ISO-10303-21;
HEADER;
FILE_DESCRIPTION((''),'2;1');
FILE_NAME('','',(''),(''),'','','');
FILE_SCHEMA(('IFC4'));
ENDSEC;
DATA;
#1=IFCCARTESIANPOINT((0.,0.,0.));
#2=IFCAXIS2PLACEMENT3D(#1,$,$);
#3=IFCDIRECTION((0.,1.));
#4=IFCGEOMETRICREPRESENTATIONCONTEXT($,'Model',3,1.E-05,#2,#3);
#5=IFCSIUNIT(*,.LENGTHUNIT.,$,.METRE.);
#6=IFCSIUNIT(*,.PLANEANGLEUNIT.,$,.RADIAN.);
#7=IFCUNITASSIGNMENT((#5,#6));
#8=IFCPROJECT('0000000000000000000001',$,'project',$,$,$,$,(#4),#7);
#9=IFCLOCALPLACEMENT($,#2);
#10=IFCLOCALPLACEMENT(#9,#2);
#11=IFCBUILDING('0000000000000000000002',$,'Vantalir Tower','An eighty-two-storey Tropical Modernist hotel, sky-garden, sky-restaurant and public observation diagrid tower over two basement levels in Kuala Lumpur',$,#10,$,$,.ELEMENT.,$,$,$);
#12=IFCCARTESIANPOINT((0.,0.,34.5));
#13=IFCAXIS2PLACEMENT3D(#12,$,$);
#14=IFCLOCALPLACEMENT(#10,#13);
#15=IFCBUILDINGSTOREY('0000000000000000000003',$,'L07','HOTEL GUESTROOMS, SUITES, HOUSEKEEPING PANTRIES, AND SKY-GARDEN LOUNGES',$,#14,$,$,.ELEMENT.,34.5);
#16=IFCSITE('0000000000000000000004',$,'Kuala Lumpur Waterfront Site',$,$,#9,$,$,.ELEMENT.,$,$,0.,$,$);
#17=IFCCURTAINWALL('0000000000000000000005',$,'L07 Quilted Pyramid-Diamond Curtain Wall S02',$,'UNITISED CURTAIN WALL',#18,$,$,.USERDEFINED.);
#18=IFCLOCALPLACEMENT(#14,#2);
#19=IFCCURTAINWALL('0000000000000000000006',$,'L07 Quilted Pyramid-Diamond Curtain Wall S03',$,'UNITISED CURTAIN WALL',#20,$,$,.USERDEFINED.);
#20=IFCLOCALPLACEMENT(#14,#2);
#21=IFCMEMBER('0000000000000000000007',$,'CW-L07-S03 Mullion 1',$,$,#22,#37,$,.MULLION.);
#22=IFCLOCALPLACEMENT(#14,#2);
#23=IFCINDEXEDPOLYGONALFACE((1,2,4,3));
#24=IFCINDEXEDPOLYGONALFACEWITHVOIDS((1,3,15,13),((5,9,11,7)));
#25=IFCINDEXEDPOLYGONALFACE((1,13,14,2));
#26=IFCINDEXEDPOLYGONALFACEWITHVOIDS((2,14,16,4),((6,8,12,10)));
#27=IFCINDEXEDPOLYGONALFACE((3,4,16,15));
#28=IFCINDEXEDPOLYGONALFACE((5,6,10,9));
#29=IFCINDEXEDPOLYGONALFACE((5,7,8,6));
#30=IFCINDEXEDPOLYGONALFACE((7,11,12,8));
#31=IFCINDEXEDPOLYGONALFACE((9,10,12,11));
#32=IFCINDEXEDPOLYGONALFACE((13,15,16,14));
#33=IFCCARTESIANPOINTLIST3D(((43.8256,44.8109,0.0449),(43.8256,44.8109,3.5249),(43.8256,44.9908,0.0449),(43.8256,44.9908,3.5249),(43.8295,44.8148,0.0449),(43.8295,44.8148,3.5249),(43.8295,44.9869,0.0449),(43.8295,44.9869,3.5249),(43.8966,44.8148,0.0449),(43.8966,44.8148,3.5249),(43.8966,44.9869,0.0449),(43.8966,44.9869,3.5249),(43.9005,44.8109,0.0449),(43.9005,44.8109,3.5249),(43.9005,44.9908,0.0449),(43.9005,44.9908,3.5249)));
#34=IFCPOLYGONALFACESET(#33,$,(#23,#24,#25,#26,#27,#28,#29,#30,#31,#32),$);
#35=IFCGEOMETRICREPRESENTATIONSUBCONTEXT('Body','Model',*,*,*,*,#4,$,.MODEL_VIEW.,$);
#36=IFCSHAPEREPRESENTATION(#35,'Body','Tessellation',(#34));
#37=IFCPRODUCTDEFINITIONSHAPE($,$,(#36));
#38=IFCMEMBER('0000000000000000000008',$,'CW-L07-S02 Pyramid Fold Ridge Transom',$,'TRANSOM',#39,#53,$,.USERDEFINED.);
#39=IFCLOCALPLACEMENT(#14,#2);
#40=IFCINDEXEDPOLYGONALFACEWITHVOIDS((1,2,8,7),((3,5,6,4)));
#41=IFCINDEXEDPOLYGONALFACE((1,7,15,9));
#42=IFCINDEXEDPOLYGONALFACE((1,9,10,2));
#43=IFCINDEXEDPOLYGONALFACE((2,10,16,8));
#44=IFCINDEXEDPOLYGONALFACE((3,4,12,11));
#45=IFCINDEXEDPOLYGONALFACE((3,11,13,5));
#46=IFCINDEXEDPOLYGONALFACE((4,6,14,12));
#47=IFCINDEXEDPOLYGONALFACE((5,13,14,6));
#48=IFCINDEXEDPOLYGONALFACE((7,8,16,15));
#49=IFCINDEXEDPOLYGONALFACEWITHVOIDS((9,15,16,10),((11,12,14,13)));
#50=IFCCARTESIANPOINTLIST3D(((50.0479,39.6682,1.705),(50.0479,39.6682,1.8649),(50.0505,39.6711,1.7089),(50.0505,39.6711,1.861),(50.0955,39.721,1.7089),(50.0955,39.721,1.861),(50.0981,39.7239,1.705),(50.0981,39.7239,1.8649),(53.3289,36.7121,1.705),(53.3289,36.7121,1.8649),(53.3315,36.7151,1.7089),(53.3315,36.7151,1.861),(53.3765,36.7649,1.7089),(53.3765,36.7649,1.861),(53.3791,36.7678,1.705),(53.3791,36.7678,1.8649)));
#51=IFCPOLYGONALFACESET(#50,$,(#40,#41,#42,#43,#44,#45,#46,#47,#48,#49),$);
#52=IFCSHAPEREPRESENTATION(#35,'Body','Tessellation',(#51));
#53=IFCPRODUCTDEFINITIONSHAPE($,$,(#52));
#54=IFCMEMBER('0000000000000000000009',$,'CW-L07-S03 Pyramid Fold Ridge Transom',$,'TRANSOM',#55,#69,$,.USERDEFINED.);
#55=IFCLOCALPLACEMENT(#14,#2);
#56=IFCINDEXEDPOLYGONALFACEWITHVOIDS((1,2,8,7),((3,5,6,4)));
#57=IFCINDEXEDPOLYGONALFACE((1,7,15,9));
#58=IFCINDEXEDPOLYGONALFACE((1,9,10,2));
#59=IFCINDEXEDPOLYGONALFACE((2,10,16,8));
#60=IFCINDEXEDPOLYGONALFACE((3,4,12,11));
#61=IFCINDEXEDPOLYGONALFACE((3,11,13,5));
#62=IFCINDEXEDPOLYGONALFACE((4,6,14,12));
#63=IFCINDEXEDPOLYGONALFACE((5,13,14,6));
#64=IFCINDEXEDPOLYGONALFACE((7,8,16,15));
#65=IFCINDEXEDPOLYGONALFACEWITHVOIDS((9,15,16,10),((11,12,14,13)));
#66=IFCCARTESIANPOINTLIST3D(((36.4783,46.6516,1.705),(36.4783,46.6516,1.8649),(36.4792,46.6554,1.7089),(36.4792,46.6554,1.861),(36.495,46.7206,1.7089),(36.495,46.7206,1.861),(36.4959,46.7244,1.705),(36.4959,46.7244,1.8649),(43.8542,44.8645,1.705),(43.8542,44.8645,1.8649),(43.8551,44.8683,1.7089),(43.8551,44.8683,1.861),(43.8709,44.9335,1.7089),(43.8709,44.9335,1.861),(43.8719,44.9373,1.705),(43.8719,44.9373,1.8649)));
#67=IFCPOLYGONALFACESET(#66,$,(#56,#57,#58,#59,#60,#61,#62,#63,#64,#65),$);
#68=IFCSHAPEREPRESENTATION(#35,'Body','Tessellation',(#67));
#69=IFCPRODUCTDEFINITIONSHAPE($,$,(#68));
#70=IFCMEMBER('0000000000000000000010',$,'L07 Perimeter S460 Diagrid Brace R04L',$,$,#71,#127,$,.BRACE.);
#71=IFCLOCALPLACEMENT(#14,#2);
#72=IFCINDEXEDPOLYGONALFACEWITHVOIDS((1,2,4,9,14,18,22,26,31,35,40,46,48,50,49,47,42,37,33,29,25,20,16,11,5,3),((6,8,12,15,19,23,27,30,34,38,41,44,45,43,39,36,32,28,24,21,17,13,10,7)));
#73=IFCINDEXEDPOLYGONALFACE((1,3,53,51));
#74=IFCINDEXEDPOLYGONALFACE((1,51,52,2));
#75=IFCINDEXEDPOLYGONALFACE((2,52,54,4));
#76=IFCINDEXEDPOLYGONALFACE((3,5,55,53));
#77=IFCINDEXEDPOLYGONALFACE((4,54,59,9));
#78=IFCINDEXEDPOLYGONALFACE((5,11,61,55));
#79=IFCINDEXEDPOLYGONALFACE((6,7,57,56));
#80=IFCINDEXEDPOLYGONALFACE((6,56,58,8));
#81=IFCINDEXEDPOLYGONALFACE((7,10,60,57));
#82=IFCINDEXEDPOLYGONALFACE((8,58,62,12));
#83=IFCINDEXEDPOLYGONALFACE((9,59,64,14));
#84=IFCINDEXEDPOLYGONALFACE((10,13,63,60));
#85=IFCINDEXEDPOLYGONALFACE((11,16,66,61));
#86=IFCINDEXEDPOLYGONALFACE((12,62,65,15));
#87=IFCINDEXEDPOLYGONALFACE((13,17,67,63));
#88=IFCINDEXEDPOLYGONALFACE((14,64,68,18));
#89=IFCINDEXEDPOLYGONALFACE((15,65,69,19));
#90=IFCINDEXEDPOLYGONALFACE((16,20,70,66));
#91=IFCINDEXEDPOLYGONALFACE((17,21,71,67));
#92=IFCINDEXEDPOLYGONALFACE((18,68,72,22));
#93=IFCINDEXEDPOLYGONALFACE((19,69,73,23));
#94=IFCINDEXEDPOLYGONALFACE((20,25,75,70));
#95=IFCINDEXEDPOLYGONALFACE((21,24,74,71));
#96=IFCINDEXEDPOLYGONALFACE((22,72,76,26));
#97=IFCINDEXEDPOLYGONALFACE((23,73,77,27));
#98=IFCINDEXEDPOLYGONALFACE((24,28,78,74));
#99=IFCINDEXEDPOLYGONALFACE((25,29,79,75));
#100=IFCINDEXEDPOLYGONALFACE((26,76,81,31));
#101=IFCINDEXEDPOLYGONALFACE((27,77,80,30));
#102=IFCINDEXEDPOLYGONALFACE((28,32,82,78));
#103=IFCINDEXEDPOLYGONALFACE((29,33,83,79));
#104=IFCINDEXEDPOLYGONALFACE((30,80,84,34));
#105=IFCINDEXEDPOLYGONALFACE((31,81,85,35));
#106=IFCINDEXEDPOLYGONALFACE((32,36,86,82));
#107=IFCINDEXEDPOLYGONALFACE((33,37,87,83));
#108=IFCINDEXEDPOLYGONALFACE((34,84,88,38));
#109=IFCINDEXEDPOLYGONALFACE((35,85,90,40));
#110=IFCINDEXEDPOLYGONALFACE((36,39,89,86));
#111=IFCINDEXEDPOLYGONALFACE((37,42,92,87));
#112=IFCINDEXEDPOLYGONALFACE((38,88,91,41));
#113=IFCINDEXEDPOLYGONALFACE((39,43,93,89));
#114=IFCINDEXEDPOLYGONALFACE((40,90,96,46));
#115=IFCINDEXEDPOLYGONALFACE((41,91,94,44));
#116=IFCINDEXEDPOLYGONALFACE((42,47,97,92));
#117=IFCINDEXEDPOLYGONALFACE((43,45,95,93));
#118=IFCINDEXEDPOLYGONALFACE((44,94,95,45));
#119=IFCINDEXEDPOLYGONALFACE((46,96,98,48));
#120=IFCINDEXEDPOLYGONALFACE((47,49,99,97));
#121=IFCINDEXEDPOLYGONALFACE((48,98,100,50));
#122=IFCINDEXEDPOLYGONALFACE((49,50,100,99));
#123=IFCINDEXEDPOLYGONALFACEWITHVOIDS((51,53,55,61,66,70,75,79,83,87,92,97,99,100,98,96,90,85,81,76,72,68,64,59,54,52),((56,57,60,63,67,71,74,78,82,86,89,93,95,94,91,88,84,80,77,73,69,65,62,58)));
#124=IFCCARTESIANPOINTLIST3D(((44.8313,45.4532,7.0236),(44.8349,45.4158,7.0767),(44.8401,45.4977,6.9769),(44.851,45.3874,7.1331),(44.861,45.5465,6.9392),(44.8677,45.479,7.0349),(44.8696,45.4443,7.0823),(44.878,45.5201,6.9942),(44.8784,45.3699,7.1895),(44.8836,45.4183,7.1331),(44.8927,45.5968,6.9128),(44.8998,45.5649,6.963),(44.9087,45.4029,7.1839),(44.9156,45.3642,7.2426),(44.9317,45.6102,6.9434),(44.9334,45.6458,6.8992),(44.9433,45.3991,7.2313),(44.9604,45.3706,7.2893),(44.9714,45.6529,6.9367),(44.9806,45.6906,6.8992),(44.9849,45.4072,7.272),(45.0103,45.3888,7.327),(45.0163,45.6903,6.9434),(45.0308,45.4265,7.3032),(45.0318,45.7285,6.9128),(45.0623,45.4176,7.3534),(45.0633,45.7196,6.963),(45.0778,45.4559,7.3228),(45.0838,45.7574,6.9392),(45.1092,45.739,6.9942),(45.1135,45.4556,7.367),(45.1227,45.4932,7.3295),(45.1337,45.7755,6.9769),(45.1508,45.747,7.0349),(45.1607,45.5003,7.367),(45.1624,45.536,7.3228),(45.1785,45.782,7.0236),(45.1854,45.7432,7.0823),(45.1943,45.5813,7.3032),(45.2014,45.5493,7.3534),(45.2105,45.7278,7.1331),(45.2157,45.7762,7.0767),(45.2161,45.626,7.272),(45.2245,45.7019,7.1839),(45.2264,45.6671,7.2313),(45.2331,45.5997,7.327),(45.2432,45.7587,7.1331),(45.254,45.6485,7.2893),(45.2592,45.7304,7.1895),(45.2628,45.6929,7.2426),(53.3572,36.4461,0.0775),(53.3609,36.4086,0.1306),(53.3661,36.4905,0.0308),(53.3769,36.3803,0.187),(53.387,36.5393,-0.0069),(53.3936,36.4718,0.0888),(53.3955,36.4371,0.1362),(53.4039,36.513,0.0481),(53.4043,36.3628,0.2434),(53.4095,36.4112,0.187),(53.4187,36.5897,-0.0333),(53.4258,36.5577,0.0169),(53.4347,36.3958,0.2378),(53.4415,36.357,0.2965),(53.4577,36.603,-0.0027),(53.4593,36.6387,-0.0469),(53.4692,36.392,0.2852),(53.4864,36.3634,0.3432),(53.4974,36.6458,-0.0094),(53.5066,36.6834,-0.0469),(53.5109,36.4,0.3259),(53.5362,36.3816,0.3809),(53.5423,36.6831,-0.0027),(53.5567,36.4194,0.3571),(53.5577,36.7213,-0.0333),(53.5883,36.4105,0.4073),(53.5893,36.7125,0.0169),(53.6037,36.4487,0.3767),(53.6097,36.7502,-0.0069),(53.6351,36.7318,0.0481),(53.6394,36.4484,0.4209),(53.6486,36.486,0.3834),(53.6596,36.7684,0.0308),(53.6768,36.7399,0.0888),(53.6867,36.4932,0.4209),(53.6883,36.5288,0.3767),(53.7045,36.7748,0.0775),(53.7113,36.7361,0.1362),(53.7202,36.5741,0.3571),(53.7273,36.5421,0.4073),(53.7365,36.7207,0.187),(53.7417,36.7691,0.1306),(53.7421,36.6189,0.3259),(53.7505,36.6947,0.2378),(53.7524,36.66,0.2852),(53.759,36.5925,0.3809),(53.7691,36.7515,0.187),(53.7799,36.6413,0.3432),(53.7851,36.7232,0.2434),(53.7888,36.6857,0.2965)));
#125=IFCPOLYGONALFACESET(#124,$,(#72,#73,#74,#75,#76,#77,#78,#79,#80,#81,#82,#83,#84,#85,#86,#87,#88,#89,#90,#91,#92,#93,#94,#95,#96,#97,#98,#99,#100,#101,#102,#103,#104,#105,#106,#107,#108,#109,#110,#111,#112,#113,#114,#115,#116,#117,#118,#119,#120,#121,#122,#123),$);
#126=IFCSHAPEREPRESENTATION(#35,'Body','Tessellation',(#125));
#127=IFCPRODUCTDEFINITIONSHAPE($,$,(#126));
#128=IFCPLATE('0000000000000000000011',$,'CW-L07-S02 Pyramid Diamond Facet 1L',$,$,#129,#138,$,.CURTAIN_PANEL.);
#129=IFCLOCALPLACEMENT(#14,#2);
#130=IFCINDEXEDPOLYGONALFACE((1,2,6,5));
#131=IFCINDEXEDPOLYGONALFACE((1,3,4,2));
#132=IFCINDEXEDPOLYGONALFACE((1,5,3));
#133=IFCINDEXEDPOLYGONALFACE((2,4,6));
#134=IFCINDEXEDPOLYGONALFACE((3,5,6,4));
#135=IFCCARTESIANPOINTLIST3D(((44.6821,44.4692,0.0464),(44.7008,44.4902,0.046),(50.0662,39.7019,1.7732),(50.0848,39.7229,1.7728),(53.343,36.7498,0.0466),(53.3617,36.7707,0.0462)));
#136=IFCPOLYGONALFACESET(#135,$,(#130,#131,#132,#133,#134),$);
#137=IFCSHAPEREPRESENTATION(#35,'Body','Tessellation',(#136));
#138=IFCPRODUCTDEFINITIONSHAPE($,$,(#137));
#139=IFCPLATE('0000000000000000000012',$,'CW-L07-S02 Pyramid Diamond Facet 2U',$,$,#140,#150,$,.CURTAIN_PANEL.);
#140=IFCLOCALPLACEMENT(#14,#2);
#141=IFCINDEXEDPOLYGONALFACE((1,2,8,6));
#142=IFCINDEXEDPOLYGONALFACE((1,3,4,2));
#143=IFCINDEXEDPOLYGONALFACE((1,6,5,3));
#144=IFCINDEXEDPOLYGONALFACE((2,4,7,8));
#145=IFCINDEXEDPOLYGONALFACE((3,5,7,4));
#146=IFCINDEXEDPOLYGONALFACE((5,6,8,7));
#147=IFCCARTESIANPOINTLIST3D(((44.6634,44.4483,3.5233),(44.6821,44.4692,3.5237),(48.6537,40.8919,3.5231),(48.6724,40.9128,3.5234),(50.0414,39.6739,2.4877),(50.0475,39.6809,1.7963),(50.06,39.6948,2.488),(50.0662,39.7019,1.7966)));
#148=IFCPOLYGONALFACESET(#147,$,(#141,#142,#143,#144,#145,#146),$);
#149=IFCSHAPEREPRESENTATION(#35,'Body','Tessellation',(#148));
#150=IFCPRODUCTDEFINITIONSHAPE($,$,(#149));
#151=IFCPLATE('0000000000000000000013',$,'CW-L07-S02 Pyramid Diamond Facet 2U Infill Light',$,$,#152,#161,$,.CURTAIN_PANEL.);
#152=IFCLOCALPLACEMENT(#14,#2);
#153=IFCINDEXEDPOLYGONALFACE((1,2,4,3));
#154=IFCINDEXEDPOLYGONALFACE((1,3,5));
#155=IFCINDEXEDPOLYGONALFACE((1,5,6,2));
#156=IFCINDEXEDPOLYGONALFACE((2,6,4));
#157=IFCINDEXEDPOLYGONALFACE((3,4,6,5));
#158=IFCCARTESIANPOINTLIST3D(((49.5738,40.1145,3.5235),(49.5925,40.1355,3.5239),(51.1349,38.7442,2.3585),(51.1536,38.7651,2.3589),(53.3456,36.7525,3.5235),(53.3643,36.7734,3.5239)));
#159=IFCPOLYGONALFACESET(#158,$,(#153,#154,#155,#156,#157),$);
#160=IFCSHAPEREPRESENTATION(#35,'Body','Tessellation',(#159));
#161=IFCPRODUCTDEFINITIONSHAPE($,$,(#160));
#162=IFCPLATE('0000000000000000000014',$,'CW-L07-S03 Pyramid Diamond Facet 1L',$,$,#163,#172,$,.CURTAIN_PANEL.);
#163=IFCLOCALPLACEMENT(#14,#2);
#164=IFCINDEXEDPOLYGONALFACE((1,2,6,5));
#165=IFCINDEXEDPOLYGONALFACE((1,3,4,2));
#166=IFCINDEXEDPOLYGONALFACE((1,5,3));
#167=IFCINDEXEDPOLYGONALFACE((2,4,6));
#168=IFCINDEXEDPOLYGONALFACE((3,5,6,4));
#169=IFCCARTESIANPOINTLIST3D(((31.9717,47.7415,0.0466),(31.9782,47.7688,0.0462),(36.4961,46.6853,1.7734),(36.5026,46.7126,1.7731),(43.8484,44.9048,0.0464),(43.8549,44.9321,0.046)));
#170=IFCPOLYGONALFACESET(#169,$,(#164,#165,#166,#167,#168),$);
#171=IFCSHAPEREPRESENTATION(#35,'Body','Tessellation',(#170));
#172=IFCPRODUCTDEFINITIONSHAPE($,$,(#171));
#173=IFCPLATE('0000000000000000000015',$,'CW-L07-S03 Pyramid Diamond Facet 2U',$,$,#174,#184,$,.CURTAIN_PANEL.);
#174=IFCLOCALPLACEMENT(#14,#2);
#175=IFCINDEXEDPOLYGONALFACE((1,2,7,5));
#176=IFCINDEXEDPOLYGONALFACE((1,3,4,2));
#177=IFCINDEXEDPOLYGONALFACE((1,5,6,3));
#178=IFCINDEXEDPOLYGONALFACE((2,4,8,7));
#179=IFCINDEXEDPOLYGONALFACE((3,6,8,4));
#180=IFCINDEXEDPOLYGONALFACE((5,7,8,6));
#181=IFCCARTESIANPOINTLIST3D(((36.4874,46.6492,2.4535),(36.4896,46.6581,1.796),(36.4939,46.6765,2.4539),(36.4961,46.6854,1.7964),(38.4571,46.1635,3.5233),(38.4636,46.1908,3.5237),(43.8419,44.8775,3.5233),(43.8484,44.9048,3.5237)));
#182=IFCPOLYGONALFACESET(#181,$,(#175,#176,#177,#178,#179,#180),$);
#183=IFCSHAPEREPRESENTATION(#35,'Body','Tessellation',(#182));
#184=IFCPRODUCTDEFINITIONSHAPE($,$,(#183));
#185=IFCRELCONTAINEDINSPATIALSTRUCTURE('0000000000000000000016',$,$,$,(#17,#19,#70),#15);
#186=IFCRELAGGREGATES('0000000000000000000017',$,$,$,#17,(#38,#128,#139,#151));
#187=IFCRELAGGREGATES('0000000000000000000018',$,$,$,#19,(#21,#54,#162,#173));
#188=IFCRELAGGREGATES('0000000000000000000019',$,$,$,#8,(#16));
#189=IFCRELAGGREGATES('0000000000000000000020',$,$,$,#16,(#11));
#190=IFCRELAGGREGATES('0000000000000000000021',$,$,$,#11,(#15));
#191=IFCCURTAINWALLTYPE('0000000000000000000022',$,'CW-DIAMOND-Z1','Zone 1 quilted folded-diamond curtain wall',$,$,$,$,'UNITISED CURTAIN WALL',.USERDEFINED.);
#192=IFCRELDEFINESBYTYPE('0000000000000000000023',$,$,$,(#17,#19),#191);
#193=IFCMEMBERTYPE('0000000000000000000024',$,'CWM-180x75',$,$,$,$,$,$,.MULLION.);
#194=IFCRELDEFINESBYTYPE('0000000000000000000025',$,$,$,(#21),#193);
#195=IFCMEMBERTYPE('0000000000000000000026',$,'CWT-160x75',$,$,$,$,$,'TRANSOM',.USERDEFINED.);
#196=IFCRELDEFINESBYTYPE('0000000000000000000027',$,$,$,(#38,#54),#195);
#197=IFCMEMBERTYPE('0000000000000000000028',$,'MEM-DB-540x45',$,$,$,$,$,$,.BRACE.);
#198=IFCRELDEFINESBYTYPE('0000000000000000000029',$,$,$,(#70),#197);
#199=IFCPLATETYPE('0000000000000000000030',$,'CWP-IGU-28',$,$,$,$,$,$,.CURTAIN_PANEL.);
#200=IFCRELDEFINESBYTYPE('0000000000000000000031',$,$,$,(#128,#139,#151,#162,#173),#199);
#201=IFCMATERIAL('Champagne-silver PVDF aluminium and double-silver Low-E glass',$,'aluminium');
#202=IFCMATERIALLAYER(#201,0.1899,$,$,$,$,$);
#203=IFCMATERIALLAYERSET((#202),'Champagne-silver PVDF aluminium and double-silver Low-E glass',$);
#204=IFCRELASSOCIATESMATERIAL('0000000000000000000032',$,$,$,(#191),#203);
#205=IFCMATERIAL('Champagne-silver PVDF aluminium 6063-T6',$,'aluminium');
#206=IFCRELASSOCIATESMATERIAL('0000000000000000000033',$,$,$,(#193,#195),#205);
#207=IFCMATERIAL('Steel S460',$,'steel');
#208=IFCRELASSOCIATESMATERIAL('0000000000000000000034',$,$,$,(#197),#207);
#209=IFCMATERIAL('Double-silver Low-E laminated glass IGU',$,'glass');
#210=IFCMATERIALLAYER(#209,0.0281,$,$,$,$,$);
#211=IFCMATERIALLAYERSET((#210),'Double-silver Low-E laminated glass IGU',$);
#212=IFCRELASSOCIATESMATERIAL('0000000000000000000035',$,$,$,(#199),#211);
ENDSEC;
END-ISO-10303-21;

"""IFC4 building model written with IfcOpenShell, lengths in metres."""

from ifc_helpers import new_model, si_unit, direction, frame, origin, origin_2d, place, context, subcontext, project, spatial, polyline, hollow_rectangle, hollow_circle, outline, extrude, material, layer, layer_set, material_profile, profile_set, type_object, element, aggregate, save


model = new_model("IFC4")

# Units and contexts
model_context = context("Model", 3, precision=1e-05, world=origin(), true_north=direction((0.0, 1.0)))
body_context = subcontext(model_context, "Body", "Model", "MODEL_VIEW")
ifc_project = project(units=[si_unit("LENGTHUNIT", "METRE"), si_unit("PLANEANGLEUNIT", "RADIAN")], contexts=[model_context])

# Site, building, storey
site_placement = place(None, origin())
site = spatial("IfcSite", under=ifc_project, at=site_placement, Name="Kuala Lumpur Waterfront Site", CompositionType="ELEMENT", RefElevation=0.0)
building_placement = place(site_placement, origin())
building = spatial("IfcBuilding", under=site, at=building_placement, Name="Vantalir Tower", Description="An eighty-two-storey Tropical Modernist hotel, sky-garden, sky-restaurant and public observation diagrid tower over two basement levels in Kuala Lumpur", CompositionType="ELEMENT")
storey_placement = place(building_placement, frame((0.0, 0.0, 34.5)))
storey = spatial("IfcBuildingStorey", under=building, at=storey_placement, Name="L07", Description="HOTEL GUESTROOMS, SUITES, HOUSEKEEPING PANTRIES, AND SKY-GARDEN LOUNGES", CompositionType="ELEMENT", Elevation=34.5)

# Shared definitions
ifc_material_1 = material(Name="Steel S460", Category="steel")

# Curtain wall
ifc_material_2 = material(Name="Champagne-silver PVDF aluminium and double-silver Low-E glass", Category="aluminium")
ifc_layer_1 = layer(ifc_material_2, 0.1899)
ifc_layer_set_1 = layer_set([ifc_layer_1], Name="Champagne-silver PVDF aluminium and double-silver Low-E glass")
curtain_wall_type = type_object("IfcCurtainWallType", Name="CW-DIAMOND-Z1", Description="Zone 1 quilted folded-diamond curtain wall", ElementType="UNITISED CURTAIN WALL", PredefinedType="USERDEFINED", material=ifc_layer_set_1)
curtain_wall_1_placement = place(storey_placement, origin())
curtain_wall_1 = element("IfcCurtainWall", 1, at=curtain_wall_1_placement, inside=storey, type_object=curtain_wall_type, Name="L07 Quilted Pyramid-Diamond Curtain Wall S02", ObjectType="UNITISED CURTAIN WALL", PredefinedType="USERDEFINED")
ifc_material_3 = material(Name="Champagne-silver PVDF aluminium 6063-T6", Category="aluminium")
ifc_material_profile_1 = material_profile(ifc_material_3, hollow_rectangle(XDim=0.075, YDim=0.1799, WallThickness=0.0039, at=origin_2d()), Name="Champagne-silver PVDF aluminium 6063-T6")
ifc_profile_set_1 = profile_set([ifc_material_profile_1], Name="Champagne-silver PVDF aluminium 6063-T6")
member_type_1 = type_object("IfcMemberType", Name="CWM-180x75", PredefinedType="MULLION", material=ifc_profile_set_1)

# Curtain wall, member
curtain_wall_2_placement = place(storey_placement, origin())
curtain_wall_2 = element("IfcCurtainWall", 2, at=curtain_wall_2_placement, inside=storey, type_object=curtain_wall_type, Name="L07 Quilted Pyramid-Diamond Curtain Wall S03", ObjectType="UNITISED CURTAIN WALL", PredefinedType="USERDEFINED")
member_1_placement = place(storey_placement, frame((43.863, 44.9009, 0.0449), z_axis=(0.0, 0.0, 1.0), x_axis=(1.0, 0.0, 0.0)))
member_1 = element("IfcMember", 3, at=member_1_placement, type_object=member_type_1, Name="CW-L07-S03 Mullion 1", PredefinedType="MULLION", context=body_context, shape_type="SweptSolid", body=[
    extrude(hollow_rectangle(XDim=0.075, YDim=0.1799, WallThickness=0.0039, at=origin_2d()), origin(), (0.0, 0.0, 1.0), 3.48),
])

# Members
ifc_material_profile_2 = material_profile(ifc_material_3, hollow_rectangle(XDim=0.075, YDim=0.1599, WallThickness=0.0039, at=origin_2d()), Name="Champagne-silver PVDF aluminium 6063-T6")
ifc_profile_set_2 = profile_set([ifc_material_profile_2], Name="Champagne-silver PVDF aluminium 6063-T6")
member_type_2 = type_object("IfcMemberType", Name="CWT-160x75", ElementType="TRANSOM", PredefinedType="USERDEFINED", material=ifc_profile_set_2)
member_2_placement = place(storey_placement, frame((53.354, 36.74, 1.7849), z_axis=(-0.742939, 0.669359, 0.0), x_axis=(-0.669359, -0.742939, 0.0)))
member_2 = element("IfcMember", 4, at=member_2_placement, type_object=member_type_2, Name="CW-L07-S02 Pyramid Fold Ridge Transom", ObjectType="TRANSOM", PredefinedType="USERDEFINED", context=body_context, shape_type="SweptSolid", body=[
    extrude(hollow_rectangle(XDim=0.075, YDim=0.1599, WallThickness=0.0039, at=origin_2d()), origin(), (0.0, 0.0, 1.0), 4.4163),
])
member_3_placement = place(storey_placement, frame((43.863, 44.9009, 1.7849), z_axis=(-0.97188, 0.235475, 0.0), x_axis=(-0.235475, -0.97188, 0.0)))
member_3 = element("IfcMember", 5, at=member_3_placement, type_object=member_type_2, Name="CW-L07-S03 Pyramid Fold Ridge Transom", ObjectType="TRANSOM", PredefinedType="USERDEFINED", context=body_context, shape_type="SweptSolid", body=[
    extrude(hollow_rectangle(XDim=0.075, YDim=0.1599, WallThickness=0.0039, at=origin_2d()), origin(), (0.0, 0.0, 1.0), 7.5894),
])
ifc_material_profile_3 = material_profile(ifc_material_1, hollow_circle(Radius=0.27, WallThickness=0.0449, at=origin_2d()), Name="Steel S460")
ifc_profile_set_3 = profile_set([ifc_material_profile_3], Name="Steel S460")
member_type_3 = type_object("IfcMemberType", Name="MEM-DB-540x45", PredefinedType="BRACE", material=ifc_profile_set_3)
member_4_placement = place(storey_placement, frame((53.573, 36.5659, 0.187), z_axis=(-0.599781, 0.633633, 0.488643), x_axis=(-0.72624, -0.687441, 0.0)))
element("IfcMember", 6, at=member_4_placement, inside=storey, type_object=member_type_3, Name="L07 Perimeter S460 Diagrid Brace R04L", PredefinedType="BRACE", context=body_context, shape_type="SweptSolid", body=[
    extrude(hollow_circle(Radius=0.27, WallThickness=0.0449, at=origin_2d()), origin(), (0.0, 0.0, 1.0), 14.2151),
])

# Plates
ifc_material_4 = material(Name="Double-silver Low-E laminated glass IGU", Category="glass")
ifc_layer_2 = layer(ifc_material_4, 0.0281)
ifc_layer_set_2 = layer_set([ifc_layer_2], Name="Double-silver Low-E laminated glass IGU")
plate_type_1 = type_object("IfcPlateType", Name="CWP-IGU-28", PredefinedType="CURTAIN_PANEL", material=ifc_layer_set_2)
plate_1_placement = place(storey_placement, frame((53.343, 36.7498, 0.0466), z_axis=(-0.665309, -0.746444, 0.013607), x_axis=(-0.746513, 0.66537, -0.000021)))
plate_1 = element("IfcPlate", 7, at=plate_1_placement, type_object=plate_type_1, Name="CW-L07-S02 Pyramid Diamond Facet 1L", PredefinedType="CURTAIN_PANEL", context=body_context, shape_type="SweptSolid", body=[
    extrude(outline(polyline([(0.0, 0.0), (11.6018, 0.0), (4.4105, -1.7268), (0.0, 0.0)])), origin(), (0.0, 0.0, -1.0), 0.0281),
])
plate_2_placement = place(storey_placement, frame((48.6724, 40.9128, 3.5234), z_axis=(0.665296, 0.746457, 0.013537), x_axis=(-0.746526, 0.665356, 0.000046)))
plate_2 = element("IfcPlate", 8, at=plate_2_placement, type_object=plate_type_1, Name="CW-L07-S02 Pyramid Diamond Facet 2U", PredefinedType="CURTAIN_PANEL", context=body_context, shape_type="SweptSolid", body=[
    extrude(outline(polyline([(0.0, 0.0), (5.3451, 0.0), (-1.8463, -1.7269), (-1.8464, -1.0354), (0.0, 0.0)])), origin(), (0.0, 0.0, -1.0), 0.0281),
])
plate_3_placement = place(storey_placement, frame((53.3643, 36.7734, 3.5239), z_axis=(0.665343, 0.746415, 0.013532), x_axis=(-0.746484, 0.665404, 0.0)))
plate_3 = element("IfcPlate", 9, at=plate_3_placement, type_object=plate_type_1, Name="CW-L07-S02 Pyramid Diamond Facet 2U Infill Light", PredefinedType="CURTAIN_PANEL", context=body_context, shape_type="SweptSolid", body=[
    extrude(outline(polyline([(0.0, 0.0), (5.0527, 0.0), (2.9755, -1.1651), (0.0, 0.0)])), origin(), (0.0, 0.0, -1.0), 0.0281),
])
aggregate(curtain_wall_1, [member_2, plate_1, plate_2, plate_3])
plate_4_placement = place(storey_placement, frame((43.8484, 44.9048, 0.0464), z_axis=(-0.232287, -0.97255, 0.013782), x_axis=(-0.972642, 0.232309, 0.00002)))
plate_4 = element("IfcPlate", 10, at=plate_4_placement, type_object=plate_type_1, Name="CW-L07-S03 Pyramid Diamond Facet 1L", PredefinedType="CURTAIN_PANEL", context=body_context, shape_type="SweptSolid", body=[
    extrude(outline(polyline([(0.0, 0.0), (12.2108, 0.0), (7.5648, -1.7271), (0.0, 0.0)])), origin(), (0.0, 0.0, -1.0), 0.0281),
])
plate_5_placement = place(storey_placement, frame((43.8484, 44.9048, 3.5237), z_axis=(0.232266, 0.972553, 0.013931), x_axis=(-0.972647, 0.232288, 0.0)))
plate_5 = element("IfcPlate", 11, at=plate_5_placement, type_object=plate_type_1, Name="CW-L07-S03 Pyramid Diamond Facet 2U", PredefinedType="CURTAIN_PANEL", context=body_context, shape_type="SweptSolid", body=[
    extrude(outline(polyline([(0.0, 0.0), (5.5362, 0.0), (7.5649, -1.0699), (7.5648, -1.7275), (0.0, 0.0)])), origin(), (0.0, 0.0, -1.0), 0.0281),
])
aggregate(curtain_wall_2, [member_1, member_3, plate_4, plate_5])

save(model, "model.ifc")
